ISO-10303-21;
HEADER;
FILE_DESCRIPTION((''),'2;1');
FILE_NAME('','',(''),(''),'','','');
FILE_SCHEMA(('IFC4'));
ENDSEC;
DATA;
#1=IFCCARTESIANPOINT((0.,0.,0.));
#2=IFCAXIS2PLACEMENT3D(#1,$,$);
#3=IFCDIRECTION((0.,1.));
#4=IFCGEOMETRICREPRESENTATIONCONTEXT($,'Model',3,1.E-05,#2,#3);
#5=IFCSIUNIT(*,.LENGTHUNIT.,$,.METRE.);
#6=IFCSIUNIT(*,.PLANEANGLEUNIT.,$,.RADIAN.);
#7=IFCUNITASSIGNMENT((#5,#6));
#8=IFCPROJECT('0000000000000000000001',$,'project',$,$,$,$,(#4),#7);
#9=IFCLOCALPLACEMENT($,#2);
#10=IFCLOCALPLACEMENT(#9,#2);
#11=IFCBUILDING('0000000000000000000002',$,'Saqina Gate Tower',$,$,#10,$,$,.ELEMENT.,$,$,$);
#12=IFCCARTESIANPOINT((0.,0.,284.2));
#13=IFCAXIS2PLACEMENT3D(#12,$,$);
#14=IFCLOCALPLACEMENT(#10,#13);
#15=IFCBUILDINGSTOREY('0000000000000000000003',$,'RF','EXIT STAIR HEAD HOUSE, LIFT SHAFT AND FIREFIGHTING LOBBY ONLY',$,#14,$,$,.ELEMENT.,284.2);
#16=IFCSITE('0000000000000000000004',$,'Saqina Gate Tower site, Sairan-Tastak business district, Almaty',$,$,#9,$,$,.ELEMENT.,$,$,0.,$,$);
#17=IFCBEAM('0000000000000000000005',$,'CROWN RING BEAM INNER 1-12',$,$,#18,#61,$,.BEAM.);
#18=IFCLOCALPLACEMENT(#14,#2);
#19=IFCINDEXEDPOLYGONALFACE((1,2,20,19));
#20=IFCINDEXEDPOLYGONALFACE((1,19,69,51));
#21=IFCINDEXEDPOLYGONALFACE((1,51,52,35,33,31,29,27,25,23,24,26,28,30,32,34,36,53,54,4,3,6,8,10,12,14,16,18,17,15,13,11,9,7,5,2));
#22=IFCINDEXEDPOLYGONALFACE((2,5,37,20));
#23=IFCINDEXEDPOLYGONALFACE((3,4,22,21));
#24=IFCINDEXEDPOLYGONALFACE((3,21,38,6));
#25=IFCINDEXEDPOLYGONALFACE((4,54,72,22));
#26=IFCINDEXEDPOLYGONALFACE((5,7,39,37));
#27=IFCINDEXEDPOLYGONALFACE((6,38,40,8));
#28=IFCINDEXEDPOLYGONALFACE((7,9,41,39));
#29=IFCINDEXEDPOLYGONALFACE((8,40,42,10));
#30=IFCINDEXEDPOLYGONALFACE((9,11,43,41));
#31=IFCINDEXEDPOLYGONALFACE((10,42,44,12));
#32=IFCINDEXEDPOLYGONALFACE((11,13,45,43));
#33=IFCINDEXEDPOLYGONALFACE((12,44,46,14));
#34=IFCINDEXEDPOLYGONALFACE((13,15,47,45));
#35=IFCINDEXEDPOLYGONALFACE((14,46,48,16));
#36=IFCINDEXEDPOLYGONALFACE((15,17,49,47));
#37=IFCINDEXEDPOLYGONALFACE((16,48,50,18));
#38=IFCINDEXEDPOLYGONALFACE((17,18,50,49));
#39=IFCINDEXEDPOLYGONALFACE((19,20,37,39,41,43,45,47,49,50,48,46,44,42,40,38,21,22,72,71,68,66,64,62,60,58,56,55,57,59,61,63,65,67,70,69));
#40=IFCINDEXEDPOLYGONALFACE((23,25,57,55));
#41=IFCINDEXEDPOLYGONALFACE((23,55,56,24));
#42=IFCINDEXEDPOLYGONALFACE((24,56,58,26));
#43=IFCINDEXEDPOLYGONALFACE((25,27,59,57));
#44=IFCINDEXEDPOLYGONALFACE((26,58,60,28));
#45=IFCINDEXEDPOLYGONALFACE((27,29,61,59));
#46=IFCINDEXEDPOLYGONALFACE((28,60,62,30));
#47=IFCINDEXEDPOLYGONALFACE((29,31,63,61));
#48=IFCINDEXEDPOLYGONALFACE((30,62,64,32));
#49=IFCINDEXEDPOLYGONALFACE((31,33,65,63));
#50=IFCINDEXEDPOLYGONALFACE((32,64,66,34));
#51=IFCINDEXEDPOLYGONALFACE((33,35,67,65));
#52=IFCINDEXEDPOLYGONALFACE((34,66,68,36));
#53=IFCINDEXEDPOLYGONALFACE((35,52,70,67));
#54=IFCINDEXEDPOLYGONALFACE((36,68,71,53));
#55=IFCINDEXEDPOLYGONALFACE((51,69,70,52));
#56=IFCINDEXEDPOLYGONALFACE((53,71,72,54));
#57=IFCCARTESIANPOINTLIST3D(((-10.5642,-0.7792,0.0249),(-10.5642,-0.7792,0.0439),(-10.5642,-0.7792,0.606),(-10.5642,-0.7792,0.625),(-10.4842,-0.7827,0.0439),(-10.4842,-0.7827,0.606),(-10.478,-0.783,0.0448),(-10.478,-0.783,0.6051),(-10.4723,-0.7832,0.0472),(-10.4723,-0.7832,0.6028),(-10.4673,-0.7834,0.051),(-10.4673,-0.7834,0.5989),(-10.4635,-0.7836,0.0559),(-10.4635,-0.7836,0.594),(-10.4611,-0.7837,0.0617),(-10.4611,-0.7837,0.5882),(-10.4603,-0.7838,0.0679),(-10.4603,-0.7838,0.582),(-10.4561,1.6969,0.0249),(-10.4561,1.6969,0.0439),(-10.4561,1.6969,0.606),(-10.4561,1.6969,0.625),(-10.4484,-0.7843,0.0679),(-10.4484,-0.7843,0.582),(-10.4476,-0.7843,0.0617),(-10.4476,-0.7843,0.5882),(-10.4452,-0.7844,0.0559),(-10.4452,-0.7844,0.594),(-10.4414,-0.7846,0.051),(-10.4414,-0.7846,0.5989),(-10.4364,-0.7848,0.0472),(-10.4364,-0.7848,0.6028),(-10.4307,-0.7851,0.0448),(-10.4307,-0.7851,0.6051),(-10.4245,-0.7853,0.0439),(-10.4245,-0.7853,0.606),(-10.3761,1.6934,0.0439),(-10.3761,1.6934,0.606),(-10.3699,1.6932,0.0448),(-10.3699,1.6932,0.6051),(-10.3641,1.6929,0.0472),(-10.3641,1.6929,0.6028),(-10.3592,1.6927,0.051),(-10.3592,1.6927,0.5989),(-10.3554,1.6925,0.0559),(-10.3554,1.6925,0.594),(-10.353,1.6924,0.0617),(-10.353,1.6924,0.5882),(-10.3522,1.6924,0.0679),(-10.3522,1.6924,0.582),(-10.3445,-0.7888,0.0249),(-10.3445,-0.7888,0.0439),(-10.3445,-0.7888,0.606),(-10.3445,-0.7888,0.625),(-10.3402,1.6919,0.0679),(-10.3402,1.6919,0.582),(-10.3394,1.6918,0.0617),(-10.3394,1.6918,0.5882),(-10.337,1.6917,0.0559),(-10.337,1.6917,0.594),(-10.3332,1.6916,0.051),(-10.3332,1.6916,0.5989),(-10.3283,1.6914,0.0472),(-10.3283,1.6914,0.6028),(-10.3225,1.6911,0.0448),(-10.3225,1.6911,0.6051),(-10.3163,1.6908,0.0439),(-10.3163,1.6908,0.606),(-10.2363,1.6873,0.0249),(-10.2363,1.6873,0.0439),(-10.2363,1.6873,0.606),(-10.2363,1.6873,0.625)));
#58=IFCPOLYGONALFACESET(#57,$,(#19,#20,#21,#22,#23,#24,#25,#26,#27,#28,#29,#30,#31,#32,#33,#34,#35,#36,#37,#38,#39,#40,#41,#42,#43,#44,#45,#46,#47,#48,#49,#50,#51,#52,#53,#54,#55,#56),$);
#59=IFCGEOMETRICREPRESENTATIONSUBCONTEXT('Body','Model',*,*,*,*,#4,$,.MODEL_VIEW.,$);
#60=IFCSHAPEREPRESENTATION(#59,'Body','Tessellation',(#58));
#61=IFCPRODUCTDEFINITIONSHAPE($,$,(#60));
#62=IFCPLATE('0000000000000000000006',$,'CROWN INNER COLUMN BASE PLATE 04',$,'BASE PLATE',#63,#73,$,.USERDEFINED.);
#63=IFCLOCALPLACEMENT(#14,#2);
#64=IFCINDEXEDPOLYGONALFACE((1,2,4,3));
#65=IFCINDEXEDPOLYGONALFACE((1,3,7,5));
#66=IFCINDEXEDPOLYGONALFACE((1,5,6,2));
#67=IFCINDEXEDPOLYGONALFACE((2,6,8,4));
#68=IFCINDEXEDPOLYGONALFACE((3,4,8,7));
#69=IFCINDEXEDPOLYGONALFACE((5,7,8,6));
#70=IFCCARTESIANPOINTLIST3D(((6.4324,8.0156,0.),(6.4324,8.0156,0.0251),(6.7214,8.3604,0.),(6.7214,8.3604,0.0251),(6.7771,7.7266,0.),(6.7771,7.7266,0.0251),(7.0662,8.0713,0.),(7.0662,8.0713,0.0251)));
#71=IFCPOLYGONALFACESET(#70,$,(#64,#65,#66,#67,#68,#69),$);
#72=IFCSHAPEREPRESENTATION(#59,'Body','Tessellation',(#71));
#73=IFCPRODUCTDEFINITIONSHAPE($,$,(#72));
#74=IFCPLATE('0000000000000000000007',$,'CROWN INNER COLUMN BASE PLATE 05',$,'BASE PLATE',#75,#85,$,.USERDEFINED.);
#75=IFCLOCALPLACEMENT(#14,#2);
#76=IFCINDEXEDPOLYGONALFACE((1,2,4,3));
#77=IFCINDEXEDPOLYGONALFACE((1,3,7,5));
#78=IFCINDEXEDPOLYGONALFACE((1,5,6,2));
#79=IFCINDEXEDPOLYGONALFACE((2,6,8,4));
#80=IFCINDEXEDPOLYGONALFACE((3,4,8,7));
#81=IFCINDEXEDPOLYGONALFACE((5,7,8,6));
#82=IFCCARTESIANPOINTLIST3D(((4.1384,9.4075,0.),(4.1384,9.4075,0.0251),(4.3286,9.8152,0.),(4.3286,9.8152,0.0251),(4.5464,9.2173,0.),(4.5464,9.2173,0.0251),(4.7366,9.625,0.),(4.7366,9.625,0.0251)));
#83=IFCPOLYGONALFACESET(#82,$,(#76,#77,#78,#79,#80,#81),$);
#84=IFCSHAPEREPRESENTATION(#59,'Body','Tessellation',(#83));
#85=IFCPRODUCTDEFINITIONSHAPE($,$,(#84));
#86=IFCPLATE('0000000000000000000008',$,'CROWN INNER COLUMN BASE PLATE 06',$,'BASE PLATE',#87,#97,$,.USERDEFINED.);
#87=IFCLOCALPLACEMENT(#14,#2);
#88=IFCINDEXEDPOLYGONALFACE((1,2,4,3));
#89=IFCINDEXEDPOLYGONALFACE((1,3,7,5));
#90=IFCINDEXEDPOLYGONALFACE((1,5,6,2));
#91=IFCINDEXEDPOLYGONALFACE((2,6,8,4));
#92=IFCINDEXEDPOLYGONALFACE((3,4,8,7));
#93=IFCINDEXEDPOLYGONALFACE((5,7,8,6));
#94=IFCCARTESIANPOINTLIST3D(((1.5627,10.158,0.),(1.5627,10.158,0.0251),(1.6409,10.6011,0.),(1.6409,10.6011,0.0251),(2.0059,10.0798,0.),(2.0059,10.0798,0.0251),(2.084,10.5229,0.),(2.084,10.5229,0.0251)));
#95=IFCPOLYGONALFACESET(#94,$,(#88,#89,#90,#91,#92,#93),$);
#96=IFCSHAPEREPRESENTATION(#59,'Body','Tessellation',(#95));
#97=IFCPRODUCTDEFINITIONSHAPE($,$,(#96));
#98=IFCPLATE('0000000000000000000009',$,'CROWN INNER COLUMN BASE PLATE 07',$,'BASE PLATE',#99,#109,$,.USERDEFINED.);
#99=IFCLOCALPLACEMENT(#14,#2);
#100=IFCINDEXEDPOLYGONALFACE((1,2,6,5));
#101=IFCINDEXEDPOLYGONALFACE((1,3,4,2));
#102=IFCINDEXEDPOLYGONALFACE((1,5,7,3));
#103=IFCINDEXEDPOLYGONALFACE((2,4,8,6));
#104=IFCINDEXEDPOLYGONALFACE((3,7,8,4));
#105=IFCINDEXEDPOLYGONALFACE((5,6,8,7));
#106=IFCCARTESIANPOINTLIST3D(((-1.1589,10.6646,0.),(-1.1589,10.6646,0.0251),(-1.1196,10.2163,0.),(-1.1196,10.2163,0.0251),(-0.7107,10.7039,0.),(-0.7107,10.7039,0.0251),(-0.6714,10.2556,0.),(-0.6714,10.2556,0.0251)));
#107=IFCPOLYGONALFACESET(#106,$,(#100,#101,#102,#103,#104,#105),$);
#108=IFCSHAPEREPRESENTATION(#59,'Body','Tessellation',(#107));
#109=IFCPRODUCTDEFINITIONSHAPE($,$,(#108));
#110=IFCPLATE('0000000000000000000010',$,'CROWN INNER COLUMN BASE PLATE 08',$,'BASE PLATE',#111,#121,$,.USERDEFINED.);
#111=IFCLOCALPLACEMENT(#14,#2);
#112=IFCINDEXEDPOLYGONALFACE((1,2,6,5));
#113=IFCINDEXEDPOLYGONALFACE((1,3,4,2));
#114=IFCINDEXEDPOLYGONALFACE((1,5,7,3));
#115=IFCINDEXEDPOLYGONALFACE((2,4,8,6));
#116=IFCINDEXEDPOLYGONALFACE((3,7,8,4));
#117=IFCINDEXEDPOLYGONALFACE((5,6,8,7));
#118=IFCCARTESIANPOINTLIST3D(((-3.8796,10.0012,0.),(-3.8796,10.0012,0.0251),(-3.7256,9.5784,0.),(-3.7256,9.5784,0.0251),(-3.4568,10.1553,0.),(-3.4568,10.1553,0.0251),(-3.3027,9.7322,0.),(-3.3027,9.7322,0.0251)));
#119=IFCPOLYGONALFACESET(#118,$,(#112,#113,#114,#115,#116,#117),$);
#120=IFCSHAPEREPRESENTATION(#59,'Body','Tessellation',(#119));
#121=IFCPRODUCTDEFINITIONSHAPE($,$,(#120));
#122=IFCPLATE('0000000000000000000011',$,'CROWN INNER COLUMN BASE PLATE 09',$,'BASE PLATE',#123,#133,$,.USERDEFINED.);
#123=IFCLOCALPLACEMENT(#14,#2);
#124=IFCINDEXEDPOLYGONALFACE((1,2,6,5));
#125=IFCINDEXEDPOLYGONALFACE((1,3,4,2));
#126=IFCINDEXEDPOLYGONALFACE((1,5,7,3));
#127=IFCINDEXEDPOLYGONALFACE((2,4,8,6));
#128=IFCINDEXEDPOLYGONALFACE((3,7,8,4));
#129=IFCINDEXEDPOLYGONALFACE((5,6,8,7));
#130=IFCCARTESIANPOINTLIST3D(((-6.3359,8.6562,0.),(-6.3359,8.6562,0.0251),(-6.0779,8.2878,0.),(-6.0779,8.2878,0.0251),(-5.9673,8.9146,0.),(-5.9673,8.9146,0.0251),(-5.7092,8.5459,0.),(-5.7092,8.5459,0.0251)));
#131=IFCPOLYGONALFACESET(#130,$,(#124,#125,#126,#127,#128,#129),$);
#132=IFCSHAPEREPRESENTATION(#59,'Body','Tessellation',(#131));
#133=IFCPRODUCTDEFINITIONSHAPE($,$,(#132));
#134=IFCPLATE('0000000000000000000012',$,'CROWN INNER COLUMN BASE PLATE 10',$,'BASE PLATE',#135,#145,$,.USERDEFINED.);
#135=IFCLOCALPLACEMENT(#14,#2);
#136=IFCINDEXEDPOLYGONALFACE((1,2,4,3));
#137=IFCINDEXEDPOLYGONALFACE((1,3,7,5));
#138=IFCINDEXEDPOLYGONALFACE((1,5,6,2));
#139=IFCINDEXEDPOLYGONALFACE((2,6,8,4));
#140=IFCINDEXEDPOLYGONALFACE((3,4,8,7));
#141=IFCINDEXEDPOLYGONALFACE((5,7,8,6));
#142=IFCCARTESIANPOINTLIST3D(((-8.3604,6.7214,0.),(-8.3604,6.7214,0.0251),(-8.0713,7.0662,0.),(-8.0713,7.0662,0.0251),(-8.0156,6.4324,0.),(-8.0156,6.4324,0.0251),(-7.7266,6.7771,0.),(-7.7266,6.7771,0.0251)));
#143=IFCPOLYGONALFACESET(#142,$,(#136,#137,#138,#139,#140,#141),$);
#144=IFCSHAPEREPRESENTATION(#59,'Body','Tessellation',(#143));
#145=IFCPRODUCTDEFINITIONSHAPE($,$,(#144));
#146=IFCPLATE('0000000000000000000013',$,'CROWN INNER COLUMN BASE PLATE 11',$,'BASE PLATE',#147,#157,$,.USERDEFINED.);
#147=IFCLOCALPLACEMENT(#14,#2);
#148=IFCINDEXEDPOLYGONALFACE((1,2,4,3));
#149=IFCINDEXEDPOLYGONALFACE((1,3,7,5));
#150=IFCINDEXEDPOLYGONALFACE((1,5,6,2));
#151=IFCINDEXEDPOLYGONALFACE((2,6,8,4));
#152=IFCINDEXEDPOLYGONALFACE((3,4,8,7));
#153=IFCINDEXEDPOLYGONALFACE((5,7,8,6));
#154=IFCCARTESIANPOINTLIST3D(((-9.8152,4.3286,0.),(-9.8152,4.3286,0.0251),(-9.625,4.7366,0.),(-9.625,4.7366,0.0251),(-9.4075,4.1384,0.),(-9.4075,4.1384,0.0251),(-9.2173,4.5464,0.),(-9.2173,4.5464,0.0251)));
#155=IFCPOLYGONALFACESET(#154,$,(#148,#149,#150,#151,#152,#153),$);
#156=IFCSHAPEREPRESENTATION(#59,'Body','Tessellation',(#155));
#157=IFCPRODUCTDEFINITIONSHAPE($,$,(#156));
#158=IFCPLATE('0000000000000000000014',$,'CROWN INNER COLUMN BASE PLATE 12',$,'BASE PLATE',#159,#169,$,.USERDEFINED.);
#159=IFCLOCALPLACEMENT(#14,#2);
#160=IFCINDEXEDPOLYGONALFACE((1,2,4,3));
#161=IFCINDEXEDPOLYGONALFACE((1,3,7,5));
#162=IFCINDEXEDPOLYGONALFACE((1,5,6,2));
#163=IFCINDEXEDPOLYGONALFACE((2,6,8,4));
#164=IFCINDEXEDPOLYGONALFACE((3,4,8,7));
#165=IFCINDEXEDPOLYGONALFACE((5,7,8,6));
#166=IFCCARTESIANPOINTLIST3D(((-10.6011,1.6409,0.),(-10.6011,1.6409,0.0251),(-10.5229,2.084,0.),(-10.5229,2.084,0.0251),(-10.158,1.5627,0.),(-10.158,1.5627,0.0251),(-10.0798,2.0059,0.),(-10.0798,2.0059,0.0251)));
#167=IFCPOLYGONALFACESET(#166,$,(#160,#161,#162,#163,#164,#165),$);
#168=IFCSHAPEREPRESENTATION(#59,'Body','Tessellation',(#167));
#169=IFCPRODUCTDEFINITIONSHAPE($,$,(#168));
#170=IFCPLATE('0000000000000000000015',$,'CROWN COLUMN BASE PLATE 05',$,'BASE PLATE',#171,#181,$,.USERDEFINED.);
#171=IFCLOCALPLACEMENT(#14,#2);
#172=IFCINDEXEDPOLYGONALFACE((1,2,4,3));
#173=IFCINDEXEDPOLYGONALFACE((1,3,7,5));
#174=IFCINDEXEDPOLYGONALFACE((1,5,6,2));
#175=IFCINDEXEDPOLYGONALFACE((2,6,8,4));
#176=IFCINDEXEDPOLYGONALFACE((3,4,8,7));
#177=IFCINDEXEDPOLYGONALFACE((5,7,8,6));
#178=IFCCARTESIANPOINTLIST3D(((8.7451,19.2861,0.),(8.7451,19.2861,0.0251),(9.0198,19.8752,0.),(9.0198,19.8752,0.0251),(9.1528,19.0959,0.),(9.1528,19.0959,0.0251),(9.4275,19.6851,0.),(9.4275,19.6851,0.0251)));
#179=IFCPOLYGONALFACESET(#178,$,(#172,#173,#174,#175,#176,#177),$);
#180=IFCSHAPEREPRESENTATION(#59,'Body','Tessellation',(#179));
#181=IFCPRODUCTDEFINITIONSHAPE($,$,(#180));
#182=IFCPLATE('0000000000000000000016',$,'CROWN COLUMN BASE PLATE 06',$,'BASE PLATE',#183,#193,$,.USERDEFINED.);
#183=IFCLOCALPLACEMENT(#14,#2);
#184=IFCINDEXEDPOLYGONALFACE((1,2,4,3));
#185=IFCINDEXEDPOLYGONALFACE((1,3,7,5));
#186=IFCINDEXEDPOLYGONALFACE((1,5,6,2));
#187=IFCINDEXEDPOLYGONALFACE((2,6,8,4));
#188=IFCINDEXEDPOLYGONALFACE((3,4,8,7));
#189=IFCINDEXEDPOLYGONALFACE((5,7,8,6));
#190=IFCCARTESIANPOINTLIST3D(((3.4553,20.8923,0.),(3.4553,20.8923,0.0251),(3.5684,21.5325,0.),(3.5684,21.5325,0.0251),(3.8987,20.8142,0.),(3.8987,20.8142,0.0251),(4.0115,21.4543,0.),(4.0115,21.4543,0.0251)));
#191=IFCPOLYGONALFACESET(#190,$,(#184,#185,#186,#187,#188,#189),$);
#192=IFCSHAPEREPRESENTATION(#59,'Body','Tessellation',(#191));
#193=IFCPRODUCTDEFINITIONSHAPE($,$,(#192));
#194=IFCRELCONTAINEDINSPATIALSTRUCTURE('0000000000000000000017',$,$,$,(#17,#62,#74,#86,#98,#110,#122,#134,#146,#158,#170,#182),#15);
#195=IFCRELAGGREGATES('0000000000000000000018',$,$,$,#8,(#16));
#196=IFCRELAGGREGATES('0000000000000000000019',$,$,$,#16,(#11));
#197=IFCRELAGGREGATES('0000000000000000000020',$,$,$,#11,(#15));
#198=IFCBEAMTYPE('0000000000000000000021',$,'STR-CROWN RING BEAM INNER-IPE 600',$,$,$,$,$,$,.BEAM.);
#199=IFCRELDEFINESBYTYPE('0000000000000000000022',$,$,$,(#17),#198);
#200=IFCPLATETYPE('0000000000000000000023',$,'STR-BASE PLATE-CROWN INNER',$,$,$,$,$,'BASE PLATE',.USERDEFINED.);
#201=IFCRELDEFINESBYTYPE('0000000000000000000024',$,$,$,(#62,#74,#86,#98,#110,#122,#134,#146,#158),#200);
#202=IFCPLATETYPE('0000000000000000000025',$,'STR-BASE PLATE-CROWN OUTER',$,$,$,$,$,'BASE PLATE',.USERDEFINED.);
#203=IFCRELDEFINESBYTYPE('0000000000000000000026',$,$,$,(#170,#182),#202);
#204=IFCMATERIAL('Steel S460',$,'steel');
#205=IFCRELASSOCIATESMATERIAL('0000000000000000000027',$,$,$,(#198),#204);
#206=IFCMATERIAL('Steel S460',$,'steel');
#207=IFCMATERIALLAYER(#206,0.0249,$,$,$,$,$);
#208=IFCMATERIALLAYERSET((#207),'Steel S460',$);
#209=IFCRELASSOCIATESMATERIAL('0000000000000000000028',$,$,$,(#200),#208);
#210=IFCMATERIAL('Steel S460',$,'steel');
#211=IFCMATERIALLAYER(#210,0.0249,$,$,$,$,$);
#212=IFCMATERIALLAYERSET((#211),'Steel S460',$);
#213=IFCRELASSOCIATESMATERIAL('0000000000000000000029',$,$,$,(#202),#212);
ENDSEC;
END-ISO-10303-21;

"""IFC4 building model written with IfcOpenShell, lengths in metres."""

from ifc_helpers import new_model, si_unit, direction, frame, origin, origin_2d, place, context, subcontext, project, spatial, polyline, i_section, outline, extrude, material, layer, layer_set, material_profile, profile_set, type_object, element, save


model = new_model("IFC4")

# Units and contexts
model_context = context("Model", 3, precision=1e-05, world=origin(), true_north=direction((0.0, 1.0)))
body_context = subcontext(model_context, "Body", "Model", "MODEL_VIEW")
ifc_project = project(units=[si_unit("LENGTHUNIT", "METRE"), si_unit("PLANEANGLEUNIT", "RADIAN")], contexts=[model_context])

# Site, building, storey
site_placement = place(None, origin())
site = spatial("IfcSite", under=ifc_project, at=site_placement, Name="Saqina Gate Tower site, Sairan-Tastak business district, Almaty", CompositionType="ELEMENT", RefElevation=0.0)
building_placement = place(site_placement, origin())
building = spatial("IfcBuilding", under=site, at=building_placement, Name="Saqina Gate Tower", CompositionType="ELEMENT")
storey_placement = place(building_placement, frame((0.0, 0.0, 284.2)))
storey = spatial("IfcBuildingStorey", under=building, at=storey_placement, Name="RF", Description="EXIT STAIR HEAD HOUSE, LIFT SHAFT AND FIREFIGHTING LOBBY ONLY", CompositionType="ELEMENT", Elevation=284.2)

# Beam
ifc_material_1 = material(Name="Steel S460", Category="steel")
ifc_material_profile_1 = material_profile(ifc_material_1, i_section(OverallWidth=0.22, OverallDepth=0.6001, WebThickness=0.012, FlangeThickness=0.019, FilletRadius=0.0239, at=origin_2d()), Name="IPE 600")
ifc_profile_set_1 = profile_set([ifc_material_profile_1], Name="Steel S460")
beam_type = type_object("IfcBeamType", Name="STR-CROWN RING BEAM INNER-IPE 600", PredefinedType="BEAM", material=ifc_profile_set_1)
for number, where, z_axis, x_axis, name in (
    (1, (-10.3462, 1.6921, 0.325), (-0.043638, -0.999047, 0.0), (0.999047, -0.043638, 0.0), "CROWN RING BEAM INNER 1-12"),
):
    element("IfcBeam", number, at=place(storey_placement, frame(where, z_axis=z_axis, x_axis=x_axis)), inside=storey, type_object=beam_type, Name=name, PredefinedType="BEAM", context=body_context, shape_type="SweptSolid", body=[
        extrude(i_section(OverallWidth=0.22, OverallDepth=0.6001, WebThickness=0.012, FlangeThickness=0.019, FilletRadius=0.0239, at=origin_2d()), origin(), (0.0, 0.0, 1.0), 2.4785),
    ])

# Plates
ifc_material_2 = material(Name="Steel S460", Category="steel")
ifc_layer_1 = layer(ifc_material_2, 0.0249)
ifc_layer_set_1 = layer_set([ifc_layer_1], Name="Steel S460")
plate_type_1 = type_object("IfcPlateType", Name="STR-BASE PLATE-CROWN INNER", ElementType="BASE PLATE", PredefinedType="USERDEFINED", material=ifc_layer_set_1)
plate_1_placement = place(storey_placement, origin())
element("IfcPlate", 2, at=plate_1_placement, inside=storey, type_object=plate_type_1, Name="CROWN INNER COLUMN BASE PLATE 04", ObjectType="BASE PLATE", PredefinedType="USERDEFINED", context=body_context, shape_type="SweptSolid", body=[
    extrude(outline(polyline([(7.0662, 8.0713), (6.7214, 8.3604), (6.4324, 8.0156), (6.7771, 7.7266), (7.0662, 8.0713)])), origin(), (0.0, 0.0, 1.0), 0.0251),
])
plate_2_placement = place(storey_placement, origin())
element("IfcPlate", 3, at=plate_2_placement, inside=storey, type_object=plate_type_1, Name="CROWN INNER COLUMN BASE PLATE 05", ObjectType="BASE PLATE", PredefinedType="USERDEFINED", context=body_context, shape_type="SweptSolid", body=[
    extrude(outline(polyline([(4.7366, 9.625), (4.3286, 9.8152), (4.1384, 9.4075), (4.5464, 9.2173), (4.7366, 9.625)])), origin(), (0.0, 0.0, 1.0), 0.0251),
])
plate_3_placement = place(storey_placement, origin())
element("IfcPlate", 4, at=plate_3_placement, inside=storey, type_object=plate_type_1, Name="CROWN INNER COLUMN BASE PLATE 06", ObjectType="BASE PLATE", PredefinedType="USERDEFINED", context=body_context, shape_type="SweptSolid", body=[
    extrude(outline(polyline([(2.084, 10.5229), (1.6409, 10.6011), (1.5627, 10.158), (2.0059, 10.0798), (2.084, 10.5229)])), origin(), (0.0, 0.0, 1.0), 0.0251),
])
plate_4_placement = place(storey_placement, origin())
element("IfcPlate", 5, at=plate_4_placement, inside=storey, type_object=plate_type_1, Name="CROWN INNER COLUMN BASE PLATE 07", ObjectType="BASE PLATE", PredefinedType="USERDEFINED", context=body_context, shape_type="SweptSolid", body=[
    extrude(outline(polyline([(-0.7107, 10.7039), (-1.1589, 10.6646), (-1.1196, 10.2163), (-0.6714, 10.2556), (-0.7107, 10.7039)])), origin(), (0.0, 0.0, 1.0), 0.0251),
])
plate_5_placement = place(storey_placement, origin())
element("IfcPlate", 6, at=plate_5_placement, inside=storey, type_object=plate_type_1, Name="CROWN INNER COLUMN BASE PLATE 08", ObjectType="BASE PLATE", PredefinedType="USERDEFINED", context=body_context, shape_type="SweptSolid", body=[
    extrude(outline(polyline([(-3.4568, 10.1553), (-3.8796, 10.0012), (-3.7256, 9.5784), (-3.3027, 9.7322), (-3.4568, 10.1553)])), origin(), (0.0, 0.0, 1.0), 0.0251),
])
plate_6_placement = place(storey_placement, origin())
element("IfcPlate", 7, at=plate_6_placement, inside=storey, type_object=plate_type_1, Name="CROWN INNER COLUMN BASE PLATE 09", ObjectType="BASE PLATE", PredefinedType="USERDEFINED", context=body_context, shape_type="SweptSolid", body=[
    extrude(outline(polyline([(-5.9673, 8.9146), (-6.3359, 8.6562), (-6.0779, 8.2878), (-5.7092, 8.5459), (-5.9673, 8.9146)])), origin(), (0.0, 0.0, 1.0), 0.0251),
])
plate_7_placement = place(storey_placement, origin())
element("IfcPlate", 8, at=plate_7_placement, inside=storey, type_object=plate_type_1, Name="CROWN INNER COLUMN BASE PLATE 10", ObjectType="BASE PLATE", PredefinedType="USERDEFINED", context=body_context, shape_type="SweptSolid", body=[
    extrude(outline(polyline([(-8.0713, 7.0662), (-8.3604, 6.7214), (-8.0156, 6.4324), (-7.7266, 6.7771), (-8.0713, 7.0662)])), origin(), (0.0, 0.0, 1.0), 0.0251),
])
plate_8_placement = place(storey_placement, origin())
element("IfcPlate", 9, at=plate_8_placement, inside=storey, type_object=plate_type_1, Name="CROWN INNER COLUMN BASE PLATE 11", ObjectType="BASE PLATE", PredefinedType="USERDEFINED", context=body_context, shape_type="SweptSolid", body=[
    extrude(outline(polyline([(-9.625, 4.7366), (-9.8152, 4.3286), (-9.4075, 4.1384), (-9.2173, 4.5464), (-9.625, 4.7366)])), origin(), (0.0, 0.0, 1.0), 0.0251),
])
plate_9_placement = place(storey_placement, origin())
element("IfcPlate", 10, at=plate_9_placement, inside=storey, type_object=plate_type_1, Name="CROWN INNER COLUMN BASE PLATE 12", ObjectType="BASE PLATE", PredefinedType="USERDEFINED", context=body_context, shape_type="SweptSolid", body=[
    extrude(outline(polyline([(-10.5229, 2.084), (-10.6011, 1.6409), (-10.158, 1.5627), (-10.0798, 2.0059), (-10.5229, 2.084)])), origin(), (0.0, 0.0, 1.0), 0.0251),
])
ifc_material_3 = material(Name="Steel S460", Category="steel")
ifc_layer_2 = layer(ifc_material_3, 0.0249)
ifc_layer_set_2 = layer_set([ifc_layer_2], Name="Steel S460")
plate_type_2 = type_object("IfcPlateType", Name="STR-BASE PLATE-CROWN OUTER", ElementType="BASE PLATE", PredefinedType="USERDEFINED", material=ifc_layer_set_2)
plate_10_placement = place(storey_placement, origin())
element("IfcPlate", 11, at=plate_10_placement, inside=storey, type_object=plate_type_2, Name="CROWN COLUMN BASE PLATE 05", ObjectType="BASE PLATE", PredefinedType="USERDEFINED", context=body_context, shape_type="SweptSolid", body=[
    extrude(outline(polyline([(9.4275, 19.6851), (9.0198, 19.8752), (8.7451, 19.2861), (9.1528, 19.0959), (9.4275, 19.6851)])), origin(), (0.0, 0.0, 1.0), 0.0251),
])
plate_11_placement = place(storey_placement, origin())
element("IfcPlate", 12, at=plate_11_placement, inside=storey, type_object=plate_type_2, Name="CROWN COLUMN BASE PLATE 06", ObjectType="BASE PLATE", PredefinedType="USERDEFINED", context=body_context, shape_type="SweptSolid", body=[
    extrude(outline(polyline([(4.0115, 21.4543), (3.5684, 21.5325), (3.4553, 20.8923), (3.8987, 20.8142), (4.0115, 21.4543)])), origin(), (0.0, 0.0, 1.0), 0.0251),
])

save(model, "model.ifc")
